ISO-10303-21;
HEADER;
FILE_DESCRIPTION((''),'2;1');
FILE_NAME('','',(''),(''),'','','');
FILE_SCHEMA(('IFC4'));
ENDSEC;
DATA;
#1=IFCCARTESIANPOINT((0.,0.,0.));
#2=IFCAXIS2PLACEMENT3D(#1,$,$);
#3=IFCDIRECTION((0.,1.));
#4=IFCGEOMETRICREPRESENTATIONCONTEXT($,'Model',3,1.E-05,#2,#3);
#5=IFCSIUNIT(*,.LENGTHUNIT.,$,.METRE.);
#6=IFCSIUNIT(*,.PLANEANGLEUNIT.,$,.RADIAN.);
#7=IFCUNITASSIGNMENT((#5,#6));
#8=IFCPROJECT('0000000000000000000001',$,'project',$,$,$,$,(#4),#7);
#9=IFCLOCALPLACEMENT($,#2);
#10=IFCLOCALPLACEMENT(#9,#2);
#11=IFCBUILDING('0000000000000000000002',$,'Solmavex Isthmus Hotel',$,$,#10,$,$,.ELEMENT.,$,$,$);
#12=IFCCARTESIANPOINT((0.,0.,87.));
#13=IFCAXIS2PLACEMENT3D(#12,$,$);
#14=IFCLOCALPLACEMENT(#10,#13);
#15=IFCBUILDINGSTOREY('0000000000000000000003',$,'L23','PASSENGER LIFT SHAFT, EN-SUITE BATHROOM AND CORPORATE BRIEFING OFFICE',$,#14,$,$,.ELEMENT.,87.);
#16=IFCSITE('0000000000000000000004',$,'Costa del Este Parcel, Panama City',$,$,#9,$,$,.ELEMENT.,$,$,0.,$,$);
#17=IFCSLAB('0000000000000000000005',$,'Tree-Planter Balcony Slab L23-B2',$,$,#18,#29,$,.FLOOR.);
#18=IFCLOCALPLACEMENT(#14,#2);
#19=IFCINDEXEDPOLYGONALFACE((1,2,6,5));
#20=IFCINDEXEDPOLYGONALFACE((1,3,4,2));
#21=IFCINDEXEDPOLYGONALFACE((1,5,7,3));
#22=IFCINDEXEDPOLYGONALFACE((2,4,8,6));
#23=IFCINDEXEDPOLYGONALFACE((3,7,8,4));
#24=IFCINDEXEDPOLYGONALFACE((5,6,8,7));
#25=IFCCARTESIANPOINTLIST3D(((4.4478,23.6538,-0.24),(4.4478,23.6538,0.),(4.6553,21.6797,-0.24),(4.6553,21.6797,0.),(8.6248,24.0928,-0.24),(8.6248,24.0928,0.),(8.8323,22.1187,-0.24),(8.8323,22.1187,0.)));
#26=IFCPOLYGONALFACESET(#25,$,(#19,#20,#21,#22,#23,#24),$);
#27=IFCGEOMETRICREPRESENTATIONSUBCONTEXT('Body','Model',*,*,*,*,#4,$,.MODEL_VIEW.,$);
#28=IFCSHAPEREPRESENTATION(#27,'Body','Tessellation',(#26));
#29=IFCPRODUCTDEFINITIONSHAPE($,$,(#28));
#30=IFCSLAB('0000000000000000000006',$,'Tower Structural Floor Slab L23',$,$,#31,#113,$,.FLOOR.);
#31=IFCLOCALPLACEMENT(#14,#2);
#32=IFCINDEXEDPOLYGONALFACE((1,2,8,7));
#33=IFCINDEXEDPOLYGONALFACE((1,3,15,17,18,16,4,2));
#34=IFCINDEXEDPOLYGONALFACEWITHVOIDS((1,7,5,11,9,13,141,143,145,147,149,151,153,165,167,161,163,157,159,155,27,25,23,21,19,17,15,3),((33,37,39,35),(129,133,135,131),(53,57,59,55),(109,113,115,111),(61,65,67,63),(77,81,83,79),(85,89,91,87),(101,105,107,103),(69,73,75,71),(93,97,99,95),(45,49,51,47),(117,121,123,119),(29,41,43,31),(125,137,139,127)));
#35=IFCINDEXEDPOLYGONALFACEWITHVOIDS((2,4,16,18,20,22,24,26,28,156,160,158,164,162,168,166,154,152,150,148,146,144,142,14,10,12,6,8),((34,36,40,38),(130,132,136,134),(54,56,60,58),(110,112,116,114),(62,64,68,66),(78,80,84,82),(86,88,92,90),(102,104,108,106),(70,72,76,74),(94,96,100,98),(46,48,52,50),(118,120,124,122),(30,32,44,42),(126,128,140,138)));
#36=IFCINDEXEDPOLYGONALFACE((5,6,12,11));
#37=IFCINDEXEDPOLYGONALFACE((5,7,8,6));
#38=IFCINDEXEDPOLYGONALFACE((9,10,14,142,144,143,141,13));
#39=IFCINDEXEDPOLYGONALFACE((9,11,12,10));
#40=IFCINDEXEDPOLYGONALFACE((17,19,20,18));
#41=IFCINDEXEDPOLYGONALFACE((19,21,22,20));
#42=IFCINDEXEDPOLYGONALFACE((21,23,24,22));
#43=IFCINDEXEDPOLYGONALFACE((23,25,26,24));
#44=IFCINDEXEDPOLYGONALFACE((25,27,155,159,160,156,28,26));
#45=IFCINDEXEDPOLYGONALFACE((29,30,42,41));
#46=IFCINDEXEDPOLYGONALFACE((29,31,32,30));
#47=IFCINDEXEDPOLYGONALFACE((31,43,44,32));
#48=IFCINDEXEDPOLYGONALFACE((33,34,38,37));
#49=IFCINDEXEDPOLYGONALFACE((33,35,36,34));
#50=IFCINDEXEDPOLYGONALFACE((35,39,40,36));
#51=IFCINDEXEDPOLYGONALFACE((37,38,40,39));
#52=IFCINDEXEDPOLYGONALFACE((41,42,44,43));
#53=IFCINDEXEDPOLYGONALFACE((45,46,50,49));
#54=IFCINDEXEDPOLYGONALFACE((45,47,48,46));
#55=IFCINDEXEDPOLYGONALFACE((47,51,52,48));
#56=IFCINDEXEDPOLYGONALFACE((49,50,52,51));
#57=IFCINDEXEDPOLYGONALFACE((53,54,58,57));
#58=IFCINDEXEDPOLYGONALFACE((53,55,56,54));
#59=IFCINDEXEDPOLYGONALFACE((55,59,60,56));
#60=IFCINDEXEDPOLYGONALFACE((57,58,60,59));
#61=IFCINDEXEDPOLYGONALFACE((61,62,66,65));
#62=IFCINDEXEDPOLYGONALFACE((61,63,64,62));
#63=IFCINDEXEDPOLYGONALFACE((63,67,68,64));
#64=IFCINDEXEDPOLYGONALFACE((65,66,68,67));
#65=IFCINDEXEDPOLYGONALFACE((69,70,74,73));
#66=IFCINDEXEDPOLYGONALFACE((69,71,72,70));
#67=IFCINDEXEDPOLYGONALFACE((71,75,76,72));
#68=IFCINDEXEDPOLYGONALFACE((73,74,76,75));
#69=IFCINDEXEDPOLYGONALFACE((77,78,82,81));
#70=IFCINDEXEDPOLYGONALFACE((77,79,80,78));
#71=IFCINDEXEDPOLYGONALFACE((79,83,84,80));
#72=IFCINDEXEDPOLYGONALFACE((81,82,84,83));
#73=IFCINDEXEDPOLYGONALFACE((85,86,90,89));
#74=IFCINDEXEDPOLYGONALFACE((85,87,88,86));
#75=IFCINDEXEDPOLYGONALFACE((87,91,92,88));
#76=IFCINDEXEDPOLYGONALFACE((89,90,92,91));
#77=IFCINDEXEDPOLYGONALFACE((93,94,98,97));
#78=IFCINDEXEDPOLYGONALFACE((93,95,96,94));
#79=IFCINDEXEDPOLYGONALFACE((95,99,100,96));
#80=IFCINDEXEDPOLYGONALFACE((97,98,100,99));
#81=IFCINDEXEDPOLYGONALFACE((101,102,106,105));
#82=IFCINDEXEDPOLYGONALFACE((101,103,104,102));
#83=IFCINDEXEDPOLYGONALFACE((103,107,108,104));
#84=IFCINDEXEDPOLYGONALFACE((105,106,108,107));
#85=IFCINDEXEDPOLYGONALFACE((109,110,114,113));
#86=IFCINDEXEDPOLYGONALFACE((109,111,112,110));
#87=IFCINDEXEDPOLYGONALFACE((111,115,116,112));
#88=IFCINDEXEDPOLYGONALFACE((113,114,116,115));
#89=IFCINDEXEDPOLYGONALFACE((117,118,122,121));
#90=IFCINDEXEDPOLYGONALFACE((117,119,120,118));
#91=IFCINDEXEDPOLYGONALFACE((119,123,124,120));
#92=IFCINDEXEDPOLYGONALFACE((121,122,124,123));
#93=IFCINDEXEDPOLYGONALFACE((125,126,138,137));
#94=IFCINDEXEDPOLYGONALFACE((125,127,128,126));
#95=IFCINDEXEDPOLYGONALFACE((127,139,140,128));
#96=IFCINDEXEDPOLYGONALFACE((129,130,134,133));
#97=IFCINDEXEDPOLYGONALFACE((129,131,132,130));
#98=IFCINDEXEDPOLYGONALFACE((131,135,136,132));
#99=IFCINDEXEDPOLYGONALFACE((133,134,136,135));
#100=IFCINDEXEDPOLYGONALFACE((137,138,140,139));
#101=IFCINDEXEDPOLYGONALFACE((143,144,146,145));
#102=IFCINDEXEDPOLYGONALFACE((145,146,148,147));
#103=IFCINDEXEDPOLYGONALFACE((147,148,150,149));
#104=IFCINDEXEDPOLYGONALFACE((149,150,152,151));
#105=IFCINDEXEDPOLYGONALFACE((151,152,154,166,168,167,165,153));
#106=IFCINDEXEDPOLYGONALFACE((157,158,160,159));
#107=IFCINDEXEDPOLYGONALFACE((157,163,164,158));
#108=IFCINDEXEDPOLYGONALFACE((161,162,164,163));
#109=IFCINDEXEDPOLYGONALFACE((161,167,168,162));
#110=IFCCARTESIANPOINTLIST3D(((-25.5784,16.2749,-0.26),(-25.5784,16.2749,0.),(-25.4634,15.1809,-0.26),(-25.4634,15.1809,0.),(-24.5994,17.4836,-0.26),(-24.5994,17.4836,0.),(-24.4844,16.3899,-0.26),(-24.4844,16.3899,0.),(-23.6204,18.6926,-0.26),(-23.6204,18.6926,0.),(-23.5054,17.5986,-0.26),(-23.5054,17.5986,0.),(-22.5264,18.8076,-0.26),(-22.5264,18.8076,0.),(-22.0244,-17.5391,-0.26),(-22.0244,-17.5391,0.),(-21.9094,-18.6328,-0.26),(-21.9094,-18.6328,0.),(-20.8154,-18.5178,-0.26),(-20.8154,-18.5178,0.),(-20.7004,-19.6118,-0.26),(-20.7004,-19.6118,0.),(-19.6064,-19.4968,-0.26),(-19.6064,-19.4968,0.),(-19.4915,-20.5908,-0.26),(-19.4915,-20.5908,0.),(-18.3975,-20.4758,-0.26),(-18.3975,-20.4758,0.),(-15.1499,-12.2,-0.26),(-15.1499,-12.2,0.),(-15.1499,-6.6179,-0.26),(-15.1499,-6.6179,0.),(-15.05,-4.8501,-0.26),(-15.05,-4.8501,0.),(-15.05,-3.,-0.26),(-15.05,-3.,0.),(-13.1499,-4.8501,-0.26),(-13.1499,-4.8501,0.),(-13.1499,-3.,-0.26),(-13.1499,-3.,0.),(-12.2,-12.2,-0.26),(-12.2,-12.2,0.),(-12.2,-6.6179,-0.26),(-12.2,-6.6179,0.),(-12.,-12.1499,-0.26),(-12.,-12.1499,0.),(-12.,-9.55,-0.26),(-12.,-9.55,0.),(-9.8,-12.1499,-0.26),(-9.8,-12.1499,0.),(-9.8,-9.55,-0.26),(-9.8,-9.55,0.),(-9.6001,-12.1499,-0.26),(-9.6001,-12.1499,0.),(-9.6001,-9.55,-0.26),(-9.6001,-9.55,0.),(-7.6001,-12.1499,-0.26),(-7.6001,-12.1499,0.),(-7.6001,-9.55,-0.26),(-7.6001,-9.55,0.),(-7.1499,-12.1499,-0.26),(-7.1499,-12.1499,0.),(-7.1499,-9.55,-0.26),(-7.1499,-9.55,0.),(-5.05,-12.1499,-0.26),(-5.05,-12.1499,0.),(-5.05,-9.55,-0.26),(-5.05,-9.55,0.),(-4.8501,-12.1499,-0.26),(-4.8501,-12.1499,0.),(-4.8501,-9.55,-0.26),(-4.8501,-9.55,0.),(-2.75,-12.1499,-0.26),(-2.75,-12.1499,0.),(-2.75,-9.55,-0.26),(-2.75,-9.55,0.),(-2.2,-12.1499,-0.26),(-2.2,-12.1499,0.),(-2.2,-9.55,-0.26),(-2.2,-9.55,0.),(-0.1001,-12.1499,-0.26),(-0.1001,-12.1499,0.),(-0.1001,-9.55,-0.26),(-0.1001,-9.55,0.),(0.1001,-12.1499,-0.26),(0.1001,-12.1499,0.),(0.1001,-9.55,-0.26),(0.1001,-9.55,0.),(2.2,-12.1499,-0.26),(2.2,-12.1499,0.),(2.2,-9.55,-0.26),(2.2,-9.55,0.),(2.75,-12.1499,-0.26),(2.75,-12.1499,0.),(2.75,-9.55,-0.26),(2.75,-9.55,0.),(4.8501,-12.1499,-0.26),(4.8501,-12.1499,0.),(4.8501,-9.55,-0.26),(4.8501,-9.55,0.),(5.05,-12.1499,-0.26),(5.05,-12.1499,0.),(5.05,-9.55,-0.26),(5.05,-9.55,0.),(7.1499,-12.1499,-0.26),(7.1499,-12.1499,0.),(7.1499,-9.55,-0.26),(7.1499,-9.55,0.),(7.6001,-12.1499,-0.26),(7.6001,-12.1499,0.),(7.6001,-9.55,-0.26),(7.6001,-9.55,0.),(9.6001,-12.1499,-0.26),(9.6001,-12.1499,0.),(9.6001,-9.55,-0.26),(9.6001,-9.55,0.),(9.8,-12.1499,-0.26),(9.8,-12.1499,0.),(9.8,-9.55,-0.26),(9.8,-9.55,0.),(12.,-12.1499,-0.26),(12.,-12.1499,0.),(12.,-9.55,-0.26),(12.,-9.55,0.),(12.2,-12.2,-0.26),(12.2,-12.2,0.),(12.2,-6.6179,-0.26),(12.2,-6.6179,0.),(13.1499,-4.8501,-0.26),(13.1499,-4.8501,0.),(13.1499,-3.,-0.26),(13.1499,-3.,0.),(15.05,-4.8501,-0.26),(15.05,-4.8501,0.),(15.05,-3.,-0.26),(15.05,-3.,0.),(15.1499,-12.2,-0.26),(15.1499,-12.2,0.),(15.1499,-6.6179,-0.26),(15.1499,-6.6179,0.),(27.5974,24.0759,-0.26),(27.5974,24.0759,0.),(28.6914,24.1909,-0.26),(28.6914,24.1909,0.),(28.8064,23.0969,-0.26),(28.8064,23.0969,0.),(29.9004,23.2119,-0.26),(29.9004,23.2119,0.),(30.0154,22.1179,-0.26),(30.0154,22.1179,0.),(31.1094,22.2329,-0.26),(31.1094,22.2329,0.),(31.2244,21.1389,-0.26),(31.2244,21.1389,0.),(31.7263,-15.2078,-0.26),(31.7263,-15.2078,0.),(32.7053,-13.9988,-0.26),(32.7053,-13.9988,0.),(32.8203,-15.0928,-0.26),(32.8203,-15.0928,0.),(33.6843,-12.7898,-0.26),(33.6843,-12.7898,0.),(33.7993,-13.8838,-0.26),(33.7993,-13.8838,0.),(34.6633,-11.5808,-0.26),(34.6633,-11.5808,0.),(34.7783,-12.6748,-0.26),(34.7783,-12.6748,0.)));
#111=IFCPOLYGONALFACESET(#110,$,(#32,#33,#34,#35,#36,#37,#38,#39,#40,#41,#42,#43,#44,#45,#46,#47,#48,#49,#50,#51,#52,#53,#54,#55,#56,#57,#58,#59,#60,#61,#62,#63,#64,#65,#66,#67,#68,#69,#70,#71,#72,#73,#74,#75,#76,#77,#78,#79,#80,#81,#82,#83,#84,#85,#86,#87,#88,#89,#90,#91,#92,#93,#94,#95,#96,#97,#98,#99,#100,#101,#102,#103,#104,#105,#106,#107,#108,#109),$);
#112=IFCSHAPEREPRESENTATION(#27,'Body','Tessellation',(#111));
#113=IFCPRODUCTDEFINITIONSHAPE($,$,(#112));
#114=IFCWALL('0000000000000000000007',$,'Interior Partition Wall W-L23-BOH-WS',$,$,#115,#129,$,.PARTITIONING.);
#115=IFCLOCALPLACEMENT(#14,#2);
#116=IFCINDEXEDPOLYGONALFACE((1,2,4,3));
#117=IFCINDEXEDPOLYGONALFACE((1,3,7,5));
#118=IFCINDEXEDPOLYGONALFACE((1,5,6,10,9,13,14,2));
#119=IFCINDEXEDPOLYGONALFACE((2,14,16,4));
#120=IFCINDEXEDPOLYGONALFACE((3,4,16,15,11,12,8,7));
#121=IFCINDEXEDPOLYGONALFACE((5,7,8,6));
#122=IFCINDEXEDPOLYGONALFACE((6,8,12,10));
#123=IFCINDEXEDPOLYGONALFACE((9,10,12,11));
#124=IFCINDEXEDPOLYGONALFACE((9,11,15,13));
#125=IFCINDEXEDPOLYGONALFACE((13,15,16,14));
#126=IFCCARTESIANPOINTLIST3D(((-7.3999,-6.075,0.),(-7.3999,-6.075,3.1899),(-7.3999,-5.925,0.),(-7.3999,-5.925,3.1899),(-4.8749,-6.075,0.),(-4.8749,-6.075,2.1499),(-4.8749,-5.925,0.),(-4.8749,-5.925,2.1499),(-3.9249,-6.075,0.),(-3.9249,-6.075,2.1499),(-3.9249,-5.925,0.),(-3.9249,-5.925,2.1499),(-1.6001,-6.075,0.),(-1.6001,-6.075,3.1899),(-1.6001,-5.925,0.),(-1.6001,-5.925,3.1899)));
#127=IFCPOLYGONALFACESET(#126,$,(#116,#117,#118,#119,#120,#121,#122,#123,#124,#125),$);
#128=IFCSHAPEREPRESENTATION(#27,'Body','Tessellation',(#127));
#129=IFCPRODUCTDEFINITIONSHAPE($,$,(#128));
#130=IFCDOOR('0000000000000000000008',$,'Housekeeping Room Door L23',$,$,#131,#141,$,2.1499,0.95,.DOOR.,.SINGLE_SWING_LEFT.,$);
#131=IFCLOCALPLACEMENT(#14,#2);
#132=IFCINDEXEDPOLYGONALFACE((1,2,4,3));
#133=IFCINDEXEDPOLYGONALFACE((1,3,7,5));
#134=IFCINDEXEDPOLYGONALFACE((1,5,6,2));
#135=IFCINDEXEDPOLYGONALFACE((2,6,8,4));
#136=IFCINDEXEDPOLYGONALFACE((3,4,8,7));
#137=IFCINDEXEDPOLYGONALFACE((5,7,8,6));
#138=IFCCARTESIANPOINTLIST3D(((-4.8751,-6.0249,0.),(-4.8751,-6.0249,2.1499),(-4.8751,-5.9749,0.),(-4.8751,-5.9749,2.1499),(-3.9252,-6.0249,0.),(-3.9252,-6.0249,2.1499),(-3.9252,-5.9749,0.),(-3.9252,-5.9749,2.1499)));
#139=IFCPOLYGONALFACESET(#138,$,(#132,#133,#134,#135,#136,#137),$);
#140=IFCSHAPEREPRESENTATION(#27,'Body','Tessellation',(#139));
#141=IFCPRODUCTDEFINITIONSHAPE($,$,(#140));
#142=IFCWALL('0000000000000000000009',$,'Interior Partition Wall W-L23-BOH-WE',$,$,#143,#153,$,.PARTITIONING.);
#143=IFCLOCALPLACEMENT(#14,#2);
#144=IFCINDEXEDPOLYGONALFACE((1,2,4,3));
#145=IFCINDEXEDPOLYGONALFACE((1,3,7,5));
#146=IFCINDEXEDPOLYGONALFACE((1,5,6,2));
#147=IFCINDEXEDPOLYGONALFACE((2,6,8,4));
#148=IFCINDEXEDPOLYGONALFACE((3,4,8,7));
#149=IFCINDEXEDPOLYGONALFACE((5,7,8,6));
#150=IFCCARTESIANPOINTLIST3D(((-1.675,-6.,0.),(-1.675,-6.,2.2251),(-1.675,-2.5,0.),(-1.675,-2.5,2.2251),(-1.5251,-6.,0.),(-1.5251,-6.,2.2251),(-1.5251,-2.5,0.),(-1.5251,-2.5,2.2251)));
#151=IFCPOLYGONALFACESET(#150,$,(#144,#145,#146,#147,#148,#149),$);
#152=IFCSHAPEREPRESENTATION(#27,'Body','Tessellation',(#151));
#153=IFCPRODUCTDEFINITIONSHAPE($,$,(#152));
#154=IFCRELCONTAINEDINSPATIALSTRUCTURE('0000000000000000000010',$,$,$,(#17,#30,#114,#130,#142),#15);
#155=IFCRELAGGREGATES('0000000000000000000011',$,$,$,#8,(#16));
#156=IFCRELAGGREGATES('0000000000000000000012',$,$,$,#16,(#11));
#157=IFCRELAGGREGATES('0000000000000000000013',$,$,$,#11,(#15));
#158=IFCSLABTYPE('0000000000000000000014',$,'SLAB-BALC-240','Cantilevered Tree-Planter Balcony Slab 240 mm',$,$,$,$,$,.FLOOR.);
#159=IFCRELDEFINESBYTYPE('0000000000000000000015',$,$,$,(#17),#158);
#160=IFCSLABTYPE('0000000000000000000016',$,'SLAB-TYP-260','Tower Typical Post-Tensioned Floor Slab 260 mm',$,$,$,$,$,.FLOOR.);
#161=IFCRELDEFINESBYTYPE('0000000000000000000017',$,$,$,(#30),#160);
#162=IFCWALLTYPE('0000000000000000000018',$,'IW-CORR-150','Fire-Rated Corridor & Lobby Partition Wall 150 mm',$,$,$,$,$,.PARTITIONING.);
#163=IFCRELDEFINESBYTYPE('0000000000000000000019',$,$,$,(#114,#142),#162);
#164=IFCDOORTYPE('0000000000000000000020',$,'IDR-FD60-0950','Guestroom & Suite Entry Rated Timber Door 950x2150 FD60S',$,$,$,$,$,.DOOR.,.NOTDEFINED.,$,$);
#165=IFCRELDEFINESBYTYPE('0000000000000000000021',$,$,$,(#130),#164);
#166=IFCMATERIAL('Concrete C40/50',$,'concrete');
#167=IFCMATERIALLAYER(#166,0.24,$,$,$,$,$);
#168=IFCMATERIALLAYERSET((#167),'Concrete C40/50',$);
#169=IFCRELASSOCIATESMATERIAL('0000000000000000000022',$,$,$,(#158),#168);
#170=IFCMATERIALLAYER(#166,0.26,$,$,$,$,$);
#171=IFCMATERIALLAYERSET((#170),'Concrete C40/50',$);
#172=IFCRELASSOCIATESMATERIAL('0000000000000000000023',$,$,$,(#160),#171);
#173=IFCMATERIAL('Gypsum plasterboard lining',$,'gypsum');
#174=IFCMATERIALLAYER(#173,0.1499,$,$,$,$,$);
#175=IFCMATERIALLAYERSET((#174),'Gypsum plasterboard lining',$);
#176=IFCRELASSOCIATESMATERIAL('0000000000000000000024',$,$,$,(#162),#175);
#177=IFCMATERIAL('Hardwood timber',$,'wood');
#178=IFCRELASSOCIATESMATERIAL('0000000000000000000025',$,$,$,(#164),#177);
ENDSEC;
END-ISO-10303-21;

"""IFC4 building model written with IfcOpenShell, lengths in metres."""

from ifc_helpers import new_model, si_unit, direction, frame, frame_2d, origin, place, context, subcontext, project, spatial, polyline, rectangle, outline, extrude, material, layer, layer_set, type_object, element, fill, save


model = new_model("IFC4")

# Units and contexts
model_context = context("Model", 3, precision=1e-05, world=origin(), true_north=direction((0.0, 1.0)))
body_context = subcontext(model_context, "Body", "Model", "MODEL_VIEW")
ifc_project = project(units=[si_unit("LENGTHUNIT", "METRE"), si_unit("PLANEANGLEUNIT", "RADIAN")], contexts=[model_context])

# Site, building, storey
site_placement = place(None, origin())
site = spatial("IfcSite", under=ifc_project, at=site_placement, Name="Costa del Este Parcel, Panama City", CompositionType="ELEMENT", RefElevation=0.0)
building_placement = place(site_placement, origin())
building = spatial("IfcBuilding", under=site, at=building_placement, Name="Solmavex Isthmus Hotel", CompositionType="ELEMENT")
storey_placement = place(building_placement, frame((0.0, 0.0, 87.0)))
storey = spatial("IfcBuildingStorey", under=building, at=storey_placement, Name="L23", Description="PASSENGER LIFT SHAFT, EN-SUITE BATHROOM AND CORPORATE BRIEFING OFFICE", CompositionType="ELEMENT", Elevation=87.0)

# Slabs
ifc_material_1 = material(Name="Concrete C40/50", Category="concrete")
ifc_layer_1 = layer(ifc_material_1, 0.24)
ifc_layer_set_1 = layer_set([ifc_layer_1], Name="Concrete C40/50")
slab_type_1 = type_object("IfcSlabType", Name="SLAB-BALC-240", Description="Cantilevered Tree-Planter Balcony Slab 240 mm", PredefinedType="FLOOR", material=ifc_layer_set_1)
slab_1_placement = place(storey_placement, frame((0.0, 0.0, -0.24)))
element("IfcSlab", 1, at=slab_1_placement, inside=storey, type_object=slab_type_1, Name="Tree-Planter Balcony Slab L23-B2", PredefinedType="FLOOR", context=body_context, shape_type="SweptSolid", body=[
    extrude(outline(polyline([(4.6553, 21.6797), (8.8323, 22.1187), (8.6248, 24.0928), (4.4478, 23.6538), (4.6553, 21.6797)])), origin(), (0.0, 0.0, 1.0), 0.24),
])
ifc_layer_2 = layer(ifc_material_1, 0.26)
ifc_layer_set_2 = layer_set([ifc_layer_2], Name="Concrete C40/50")
slab_type_2 = type_object("IfcSlabType", Name="SLAB-TYP-260", Description="Tower Typical Post-Tensioned Floor Slab 260 mm", PredefinedType="FLOOR", material=ifc_layer_set_2)
slab_2_placement = place(storey_placement, frame((0.0, 0.0, -0.26)))
element("IfcSlab", 2, at=slab_2_placement, inside=storey, type_object=slab_type_2, Name="Tower Structural Floor Slab L23", PredefinedType="FLOOR", context=body_context, shape_type="SweptSolid", body=[
    extrude(outline(polyline([(-18.3975, -20.4758), (31.7263, -15.2078), (32.8203, -15.0928), (32.7053, -13.9988), (33.7993, -13.8838), (33.6843, -12.7898), (34.7783, -12.6748), (34.6633, -11.5808), (31.2244, 21.1389), (31.1094, 22.2329), (30.0154, 22.1179), (29.9004, 23.2119), (28.8064, 23.0969), (28.6914, 24.1909), (27.5974, 24.0759), (-22.5264, 18.8076), (-23.6204, 18.6926), (-23.5054, 17.5986), (-24.5994, 17.4836), (-24.4844, 16.3899), (-25.5784, 16.2749), (-25.4634, 15.1809), (-22.0244, -17.5391), (-21.9094, -18.6328), (-20.8154, -18.5178), (-20.7004, -19.6118), (-19.6064, -19.4968), (-19.4915, -20.5908), (-18.3975, -20.4758)]), holes=[polyline([(-15.1499, -6.6179), (-15.1499, -12.2), (-12.2, -12.2), (-12.2, -6.6179), (-15.1499, -6.6179)]), polyline([(12.2, -6.6179), (12.2, -12.2), (15.1499, -12.2), (15.1499, -6.6179), (12.2, -6.6179)]), polyline([(-12.0, -12.1499), (-9.8, -12.1499), (-9.8, -9.55), (-12.0, -9.55), (-12.0, -12.1499)]), polyline([(9.8, -12.1499), (12.0, -12.1499), (12.0, -9.55), (9.8, -9.55), (9.8, -12.1499)]), polyline([(-9.6001, -12.1499), (-7.6001, -12.1499), (-7.6001, -9.55), (-9.6001, -9.55), (-9.6001, -12.1499)]), polyline([(7.6001, -12.1499), (9.6001, -12.1499), (9.6001, -9.55), (7.6001, -9.55), (7.6001, -12.1499)]), polyline([(-7.1499, -12.1499), (-5.05, -12.1499), (-5.05, -9.55), (-7.1499, -9.55), (-7.1499, -12.1499)]), polyline([(-4.8501, -12.1499), (-2.75, -12.1499), (-2.75, -9.55), (-4.8501, -9.55), (-4.8501, -12.1499)]), polyline([(-2.2, -12.1499), (-0.1001, -12.1499), (-0.1001, -9.55), (-2.2, -9.55), (-2.2, -12.1499)]), polyline([(0.1001, -12.1499), (2.2, -12.1499), (2.2, -9.55), (0.1001, -9.55), (0.1001, -12.1499)]), polyline([(2.75, -12.1499), (4.8501, -12.1499), (4.8501, -9.55), (2.75, -9.55), (2.75, -12.1499)]), polyline([(5.05, -12.1499), (7.1499, -12.1499), (7.1499, -9.55), (5.05, -9.55), (5.05, -12.1499)]), polyline([(-15.05, -4.8501), (-13.1499, -4.8501), (-13.1499, -3.0), (-15.05, -3.0), (-15.05, -4.8501)]), polyline([(13.1499, -4.8501), (15.05, -4.8501), (15.05, -3.0), (13.1499, -3.0), (13.1499, -4.8501)])]), origin(), (0.0, 0.0, 1.0), 0.26),
])

# Wall, opening, door
ifc_material_2 = material(Name="Gypsum plasterboard lining", Category="gypsum")
ifc_layer_3 = layer(ifc_material_2, 0.1499)
ifc_layer_set_3 = layer_set([ifc_layer_3], Name="Gypsum plasterboard lining")
wall_type_1 = type_object("IfcWallType", Name="IW-CORR-150", Description="Fire-Rated Corridor & Lobby Partition Wall 150 mm", PredefinedType="PARTITIONING", material=ifc_layer_set_3)
wall_1_placement = place(storey_placement, frame((-7.3999, -6.0, 0.0), z_axis=(0.0, 0.0, 1.0), x_axis=(1.0, 0.0, 0.0)))
wall_1 = element("IfcWall", 3, at=wall_1_placement, inside=storey, type_object=wall_type_1, Name="Interior Partition Wall W-L23-BOH-WS", PredefinedType="PARTITIONING", context=body_context, shape_type="SweptSolid", body=[
    extrude(rectangle(XDim=5.7998, YDim=0.1499, at=frame_2d((2.8999, 0.0))), origin(), (0.0, 0.0, 1.0), 3.1899),
])
opening_1_placement = place(wall_1_placement, frame((2.5249, 0.0, 0.0)))
opening_1 = element("IfcOpeningElement", 4, at=opening_1_placement, cuts=wall_1, PredefinedType="OPENING", context=body_context, shape_type="SweptSolid", body=[
    extrude(rectangle(XDim=0.95, YDim=2.1499, at=frame_2d((0.4751, 1.075))), frame((0.0, 0.085, 0.0), z_axis=(0.0, -1.0, 0.0), x_axis=(1.0, 0.0, 0.0)), (0.0, 0.0, 1.0), 0.1699),
])
ifc_material_3 = material(Name="Hardwood timber", Category="wood")
door_type_1 = type_object("IfcDoorType", Name="IDR-FD60-0950", Description="Guestroom & Suite Entry Rated Timber Door 950x2150 FD60S", OperationType="NOTDEFINED", PredefinedType="DOOR", material=ifc_material_3)
door_1_placement = place(opening_1_placement, frame((0.95, 0.0, 0.0), z_axis=(0.0, 0.0, 1.0), x_axis=(-1.0, 0.0, 0.0)))
door_1 = element("IfcDoor", 5, at=door_1_placement, inside=storey, type_object=door_type_1, Name="Housekeeping Room Door L23", OperationType="SINGLE_SWING_LEFT", OverallHeight=2.1499, OverallWidth=0.95, PredefinedType="DOOR", context=body_context, shape_type="SweptSolid", body=[
    extrude(rectangle(XDim=0.95, YDim=2.1499, at=frame_2d((0.4751, 1.075))), frame((0.0, 0.0249, 0.0), z_axis=(0.0, -1.0, 0.0), x_axis=(1.0, 0.0, 0.0)), (0.0, 0.0, 1.0), 0.05),
])
fill(opening_1, door_1)

# Wall
wall_2_placement = place(storey_placement, frame((-1.6001, -6.0, 0.0), z_axis=(0.0, 0.0, 1.0), x_axis=(0.0, 1.0, 0.0)))
element("IfcWall", 6, at=wall_2_placement, inside=storey, type_object=wall_type_1, Name="Interior Partition Wall W-L23-BOH-WE", PredefinedType="PARTITIONING", context=body_context, shape_type="SweptSolid", body=[
    extrude(rectangle(XDim=3.5, YDim=0.1499, at=frame_2d((1.75, 0.0))), origin(), (0.0, 0.0, 1.0), 2.2251),
])

save(model, "model.ifc")
